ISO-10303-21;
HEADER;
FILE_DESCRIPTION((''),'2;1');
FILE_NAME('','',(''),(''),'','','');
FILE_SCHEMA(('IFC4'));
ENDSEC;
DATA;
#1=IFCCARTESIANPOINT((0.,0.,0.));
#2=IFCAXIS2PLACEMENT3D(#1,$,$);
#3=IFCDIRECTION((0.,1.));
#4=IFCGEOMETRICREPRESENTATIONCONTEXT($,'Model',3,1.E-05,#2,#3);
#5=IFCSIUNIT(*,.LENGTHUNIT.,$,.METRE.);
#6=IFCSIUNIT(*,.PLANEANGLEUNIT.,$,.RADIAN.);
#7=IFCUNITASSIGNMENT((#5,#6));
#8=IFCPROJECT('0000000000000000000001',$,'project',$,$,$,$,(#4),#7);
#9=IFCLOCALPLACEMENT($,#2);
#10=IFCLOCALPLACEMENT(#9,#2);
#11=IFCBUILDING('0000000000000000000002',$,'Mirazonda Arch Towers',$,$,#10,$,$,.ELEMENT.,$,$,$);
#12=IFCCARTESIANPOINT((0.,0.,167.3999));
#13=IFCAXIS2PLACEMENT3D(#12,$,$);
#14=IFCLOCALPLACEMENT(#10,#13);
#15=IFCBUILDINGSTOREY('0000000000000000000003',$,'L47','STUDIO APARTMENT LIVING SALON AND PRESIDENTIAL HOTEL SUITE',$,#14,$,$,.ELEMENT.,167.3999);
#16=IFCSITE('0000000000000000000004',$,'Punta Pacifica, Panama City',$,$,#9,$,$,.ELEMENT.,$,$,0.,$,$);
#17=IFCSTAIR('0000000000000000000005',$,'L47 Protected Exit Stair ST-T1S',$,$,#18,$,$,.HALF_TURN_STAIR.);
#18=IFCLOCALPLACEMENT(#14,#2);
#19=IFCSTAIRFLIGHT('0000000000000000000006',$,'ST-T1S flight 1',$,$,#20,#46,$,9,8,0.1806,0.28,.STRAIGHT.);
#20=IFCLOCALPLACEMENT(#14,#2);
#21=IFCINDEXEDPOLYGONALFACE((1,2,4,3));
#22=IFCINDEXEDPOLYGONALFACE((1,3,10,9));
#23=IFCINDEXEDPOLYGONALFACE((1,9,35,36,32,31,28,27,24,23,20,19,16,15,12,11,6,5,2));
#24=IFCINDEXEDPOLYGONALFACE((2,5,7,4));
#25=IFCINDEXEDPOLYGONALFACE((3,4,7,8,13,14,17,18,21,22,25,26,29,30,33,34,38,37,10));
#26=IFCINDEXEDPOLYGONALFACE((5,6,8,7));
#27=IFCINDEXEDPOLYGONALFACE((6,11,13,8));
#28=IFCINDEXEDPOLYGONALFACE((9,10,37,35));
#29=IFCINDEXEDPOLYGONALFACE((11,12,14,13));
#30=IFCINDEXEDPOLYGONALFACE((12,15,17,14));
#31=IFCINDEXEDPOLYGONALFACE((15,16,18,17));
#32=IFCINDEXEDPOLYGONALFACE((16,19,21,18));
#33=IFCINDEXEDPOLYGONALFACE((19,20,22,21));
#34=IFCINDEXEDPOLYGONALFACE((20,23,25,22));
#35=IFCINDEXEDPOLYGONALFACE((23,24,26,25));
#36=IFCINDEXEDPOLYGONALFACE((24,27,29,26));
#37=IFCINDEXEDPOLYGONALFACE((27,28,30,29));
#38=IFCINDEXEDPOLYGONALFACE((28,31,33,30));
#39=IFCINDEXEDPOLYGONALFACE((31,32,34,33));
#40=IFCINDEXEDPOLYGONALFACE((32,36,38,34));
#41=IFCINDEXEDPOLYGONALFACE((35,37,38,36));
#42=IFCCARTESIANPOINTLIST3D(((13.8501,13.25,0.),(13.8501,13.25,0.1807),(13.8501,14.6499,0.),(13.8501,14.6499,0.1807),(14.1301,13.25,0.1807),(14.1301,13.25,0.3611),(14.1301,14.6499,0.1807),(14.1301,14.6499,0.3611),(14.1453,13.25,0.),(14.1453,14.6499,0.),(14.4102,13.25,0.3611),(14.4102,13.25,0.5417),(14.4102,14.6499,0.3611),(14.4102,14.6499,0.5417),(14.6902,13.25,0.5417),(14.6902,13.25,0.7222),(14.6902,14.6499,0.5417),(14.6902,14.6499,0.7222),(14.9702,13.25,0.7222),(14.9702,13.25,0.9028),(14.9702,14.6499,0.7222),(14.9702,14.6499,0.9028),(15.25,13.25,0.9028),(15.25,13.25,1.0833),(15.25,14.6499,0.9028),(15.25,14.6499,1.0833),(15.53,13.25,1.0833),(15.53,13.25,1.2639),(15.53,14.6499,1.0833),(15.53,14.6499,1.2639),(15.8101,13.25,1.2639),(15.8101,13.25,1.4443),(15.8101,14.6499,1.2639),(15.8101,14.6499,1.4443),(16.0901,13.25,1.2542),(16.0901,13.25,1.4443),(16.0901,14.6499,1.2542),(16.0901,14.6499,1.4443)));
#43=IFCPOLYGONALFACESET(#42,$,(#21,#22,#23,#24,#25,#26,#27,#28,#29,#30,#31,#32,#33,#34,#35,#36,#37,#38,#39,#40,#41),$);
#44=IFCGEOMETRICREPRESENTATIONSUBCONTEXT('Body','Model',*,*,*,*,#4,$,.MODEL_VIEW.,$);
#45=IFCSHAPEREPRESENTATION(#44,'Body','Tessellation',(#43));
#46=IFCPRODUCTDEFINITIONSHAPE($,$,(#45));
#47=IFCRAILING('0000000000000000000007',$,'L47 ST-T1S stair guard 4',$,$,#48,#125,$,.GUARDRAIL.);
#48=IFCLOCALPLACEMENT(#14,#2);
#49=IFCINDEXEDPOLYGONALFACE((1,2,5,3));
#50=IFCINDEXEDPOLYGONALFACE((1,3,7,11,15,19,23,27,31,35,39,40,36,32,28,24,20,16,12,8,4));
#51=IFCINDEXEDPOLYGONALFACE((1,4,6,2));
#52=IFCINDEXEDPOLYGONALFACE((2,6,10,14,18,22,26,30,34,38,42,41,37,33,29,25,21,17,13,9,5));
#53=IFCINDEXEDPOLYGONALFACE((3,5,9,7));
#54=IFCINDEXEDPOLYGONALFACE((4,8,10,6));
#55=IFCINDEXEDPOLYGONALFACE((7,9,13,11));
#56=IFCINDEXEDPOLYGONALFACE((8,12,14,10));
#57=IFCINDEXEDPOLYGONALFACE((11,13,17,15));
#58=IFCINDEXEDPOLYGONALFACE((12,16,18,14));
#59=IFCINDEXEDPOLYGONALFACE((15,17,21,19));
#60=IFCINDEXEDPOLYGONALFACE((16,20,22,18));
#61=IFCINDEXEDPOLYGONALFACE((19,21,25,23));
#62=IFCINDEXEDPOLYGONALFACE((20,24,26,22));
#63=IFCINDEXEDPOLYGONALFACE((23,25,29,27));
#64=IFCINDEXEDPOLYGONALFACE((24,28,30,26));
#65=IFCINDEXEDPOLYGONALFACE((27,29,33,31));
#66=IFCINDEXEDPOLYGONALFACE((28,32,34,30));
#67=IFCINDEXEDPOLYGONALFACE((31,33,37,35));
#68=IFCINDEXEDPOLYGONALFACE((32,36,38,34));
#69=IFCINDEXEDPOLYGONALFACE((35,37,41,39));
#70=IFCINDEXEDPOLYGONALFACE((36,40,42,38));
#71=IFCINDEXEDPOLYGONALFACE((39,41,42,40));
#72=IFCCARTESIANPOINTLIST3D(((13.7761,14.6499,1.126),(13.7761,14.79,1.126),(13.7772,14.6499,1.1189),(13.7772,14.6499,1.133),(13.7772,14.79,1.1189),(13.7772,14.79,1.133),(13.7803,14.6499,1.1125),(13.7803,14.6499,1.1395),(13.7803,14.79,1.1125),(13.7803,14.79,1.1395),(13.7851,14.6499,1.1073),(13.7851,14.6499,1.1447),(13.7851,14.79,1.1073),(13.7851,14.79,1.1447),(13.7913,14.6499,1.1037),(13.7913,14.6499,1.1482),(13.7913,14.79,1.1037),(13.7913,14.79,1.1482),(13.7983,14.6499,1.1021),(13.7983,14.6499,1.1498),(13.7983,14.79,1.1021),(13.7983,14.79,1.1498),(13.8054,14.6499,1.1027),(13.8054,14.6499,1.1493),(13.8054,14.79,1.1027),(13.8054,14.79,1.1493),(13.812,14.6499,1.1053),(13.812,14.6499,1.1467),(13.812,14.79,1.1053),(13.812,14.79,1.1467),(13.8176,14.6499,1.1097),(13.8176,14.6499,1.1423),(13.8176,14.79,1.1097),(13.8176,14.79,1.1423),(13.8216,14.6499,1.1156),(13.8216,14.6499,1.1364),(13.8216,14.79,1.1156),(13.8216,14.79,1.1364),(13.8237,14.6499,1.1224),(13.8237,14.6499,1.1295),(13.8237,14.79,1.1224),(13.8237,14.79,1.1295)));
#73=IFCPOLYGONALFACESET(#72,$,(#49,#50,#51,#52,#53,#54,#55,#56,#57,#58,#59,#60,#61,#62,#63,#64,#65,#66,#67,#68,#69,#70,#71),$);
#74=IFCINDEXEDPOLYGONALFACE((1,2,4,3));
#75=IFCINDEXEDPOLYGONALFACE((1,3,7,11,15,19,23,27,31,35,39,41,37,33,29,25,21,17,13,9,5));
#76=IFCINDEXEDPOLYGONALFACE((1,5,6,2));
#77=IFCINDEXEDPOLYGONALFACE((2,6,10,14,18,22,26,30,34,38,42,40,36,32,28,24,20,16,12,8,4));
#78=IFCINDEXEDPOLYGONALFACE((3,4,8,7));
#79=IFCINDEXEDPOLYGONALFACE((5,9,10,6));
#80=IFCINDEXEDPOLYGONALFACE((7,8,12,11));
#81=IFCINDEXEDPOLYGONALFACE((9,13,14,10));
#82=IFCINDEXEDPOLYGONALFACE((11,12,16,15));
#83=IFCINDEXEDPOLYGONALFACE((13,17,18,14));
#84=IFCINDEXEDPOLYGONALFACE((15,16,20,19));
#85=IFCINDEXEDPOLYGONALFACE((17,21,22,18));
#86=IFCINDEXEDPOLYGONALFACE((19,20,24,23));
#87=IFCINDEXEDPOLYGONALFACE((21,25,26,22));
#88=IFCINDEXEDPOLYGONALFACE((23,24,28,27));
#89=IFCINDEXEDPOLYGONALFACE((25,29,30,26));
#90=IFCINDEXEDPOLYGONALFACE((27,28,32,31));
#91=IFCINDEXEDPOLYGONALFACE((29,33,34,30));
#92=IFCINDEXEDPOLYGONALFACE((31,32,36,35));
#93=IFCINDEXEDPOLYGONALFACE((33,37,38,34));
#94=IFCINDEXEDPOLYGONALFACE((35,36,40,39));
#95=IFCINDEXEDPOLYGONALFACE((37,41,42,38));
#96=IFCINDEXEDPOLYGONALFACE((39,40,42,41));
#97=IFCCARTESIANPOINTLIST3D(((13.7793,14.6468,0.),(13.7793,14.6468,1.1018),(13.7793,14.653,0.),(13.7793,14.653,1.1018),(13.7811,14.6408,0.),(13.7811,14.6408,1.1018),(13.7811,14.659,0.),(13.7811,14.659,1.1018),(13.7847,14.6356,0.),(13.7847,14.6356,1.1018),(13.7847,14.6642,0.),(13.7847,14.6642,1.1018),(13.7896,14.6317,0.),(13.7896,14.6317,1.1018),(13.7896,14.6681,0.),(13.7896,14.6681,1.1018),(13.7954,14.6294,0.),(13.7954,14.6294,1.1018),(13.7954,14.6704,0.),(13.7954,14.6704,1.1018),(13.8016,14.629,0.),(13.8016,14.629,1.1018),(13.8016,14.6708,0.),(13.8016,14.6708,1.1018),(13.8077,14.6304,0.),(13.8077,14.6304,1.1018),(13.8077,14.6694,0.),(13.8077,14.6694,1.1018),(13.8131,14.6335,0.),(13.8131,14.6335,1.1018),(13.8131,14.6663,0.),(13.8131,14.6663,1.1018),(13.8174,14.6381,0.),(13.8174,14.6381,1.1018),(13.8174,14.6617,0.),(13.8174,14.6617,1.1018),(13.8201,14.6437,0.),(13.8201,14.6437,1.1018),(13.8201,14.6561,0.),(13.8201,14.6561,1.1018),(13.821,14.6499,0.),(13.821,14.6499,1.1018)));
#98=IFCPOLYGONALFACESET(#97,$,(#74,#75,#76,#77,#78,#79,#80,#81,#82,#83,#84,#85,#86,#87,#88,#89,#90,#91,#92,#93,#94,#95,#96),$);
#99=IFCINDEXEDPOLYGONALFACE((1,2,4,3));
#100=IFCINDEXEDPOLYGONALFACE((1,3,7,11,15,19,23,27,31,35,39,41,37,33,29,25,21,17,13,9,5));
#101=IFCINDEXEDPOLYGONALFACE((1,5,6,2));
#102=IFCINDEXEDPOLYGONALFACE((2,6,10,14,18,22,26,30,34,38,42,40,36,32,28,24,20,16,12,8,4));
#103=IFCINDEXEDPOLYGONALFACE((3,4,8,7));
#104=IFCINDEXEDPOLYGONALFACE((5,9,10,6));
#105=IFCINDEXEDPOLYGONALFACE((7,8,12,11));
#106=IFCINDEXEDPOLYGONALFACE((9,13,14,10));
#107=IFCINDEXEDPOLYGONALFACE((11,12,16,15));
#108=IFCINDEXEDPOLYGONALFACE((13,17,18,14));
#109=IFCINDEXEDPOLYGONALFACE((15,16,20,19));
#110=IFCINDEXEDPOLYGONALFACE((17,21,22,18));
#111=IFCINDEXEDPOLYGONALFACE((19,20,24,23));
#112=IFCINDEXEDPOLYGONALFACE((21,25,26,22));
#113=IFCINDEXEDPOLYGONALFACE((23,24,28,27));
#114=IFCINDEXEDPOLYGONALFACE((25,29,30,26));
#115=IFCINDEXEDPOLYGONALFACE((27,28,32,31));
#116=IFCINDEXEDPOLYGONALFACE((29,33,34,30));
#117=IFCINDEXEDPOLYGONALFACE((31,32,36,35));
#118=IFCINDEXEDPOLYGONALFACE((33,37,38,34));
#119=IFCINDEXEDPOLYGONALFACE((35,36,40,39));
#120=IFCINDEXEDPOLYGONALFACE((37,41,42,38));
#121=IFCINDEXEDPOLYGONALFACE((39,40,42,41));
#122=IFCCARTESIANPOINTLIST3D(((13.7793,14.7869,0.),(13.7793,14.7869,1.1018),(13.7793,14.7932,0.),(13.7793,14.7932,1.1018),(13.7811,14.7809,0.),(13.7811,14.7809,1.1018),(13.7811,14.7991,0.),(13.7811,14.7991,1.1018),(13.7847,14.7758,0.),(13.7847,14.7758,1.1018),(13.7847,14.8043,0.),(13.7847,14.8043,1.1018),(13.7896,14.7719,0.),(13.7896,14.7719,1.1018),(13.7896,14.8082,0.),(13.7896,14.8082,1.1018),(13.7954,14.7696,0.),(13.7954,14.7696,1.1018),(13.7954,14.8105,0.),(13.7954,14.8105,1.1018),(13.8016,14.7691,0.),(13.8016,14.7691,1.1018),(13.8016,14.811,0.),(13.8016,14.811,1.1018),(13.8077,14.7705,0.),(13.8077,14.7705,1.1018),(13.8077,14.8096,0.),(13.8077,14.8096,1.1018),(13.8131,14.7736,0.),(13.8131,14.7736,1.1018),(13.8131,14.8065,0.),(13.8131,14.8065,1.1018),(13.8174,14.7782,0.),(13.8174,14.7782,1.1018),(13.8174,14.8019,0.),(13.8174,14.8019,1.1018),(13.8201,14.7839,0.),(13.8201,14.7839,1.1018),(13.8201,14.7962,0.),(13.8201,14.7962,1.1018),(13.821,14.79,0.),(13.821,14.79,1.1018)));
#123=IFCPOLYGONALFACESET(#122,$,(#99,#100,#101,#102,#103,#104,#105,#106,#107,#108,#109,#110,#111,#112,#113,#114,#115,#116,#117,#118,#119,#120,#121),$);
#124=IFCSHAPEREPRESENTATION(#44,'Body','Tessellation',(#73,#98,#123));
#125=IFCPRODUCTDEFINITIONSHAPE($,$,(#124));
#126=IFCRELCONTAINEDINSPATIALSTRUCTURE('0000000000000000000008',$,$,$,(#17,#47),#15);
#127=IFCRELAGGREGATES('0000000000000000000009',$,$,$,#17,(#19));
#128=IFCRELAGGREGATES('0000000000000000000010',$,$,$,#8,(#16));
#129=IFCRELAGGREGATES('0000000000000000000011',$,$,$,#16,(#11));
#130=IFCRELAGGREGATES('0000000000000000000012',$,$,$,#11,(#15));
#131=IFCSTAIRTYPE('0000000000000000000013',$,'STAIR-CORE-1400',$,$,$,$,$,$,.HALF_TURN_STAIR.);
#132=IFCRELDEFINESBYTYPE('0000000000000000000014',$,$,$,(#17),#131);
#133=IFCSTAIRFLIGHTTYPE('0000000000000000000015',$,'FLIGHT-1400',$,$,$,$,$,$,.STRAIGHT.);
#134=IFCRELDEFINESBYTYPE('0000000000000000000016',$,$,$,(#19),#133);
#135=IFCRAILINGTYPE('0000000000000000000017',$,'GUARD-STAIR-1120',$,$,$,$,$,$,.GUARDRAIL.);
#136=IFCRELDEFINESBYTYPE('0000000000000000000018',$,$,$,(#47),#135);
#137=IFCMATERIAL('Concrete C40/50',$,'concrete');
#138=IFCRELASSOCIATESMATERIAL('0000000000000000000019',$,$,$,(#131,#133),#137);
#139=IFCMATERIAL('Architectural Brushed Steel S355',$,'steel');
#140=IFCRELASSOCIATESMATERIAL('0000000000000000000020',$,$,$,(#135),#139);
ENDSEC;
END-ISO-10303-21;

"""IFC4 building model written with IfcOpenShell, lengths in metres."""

from ifc_helpers import new_model, si_unit, direction, frame, origin, origin_2d, place, context, subcontext, project, spatial, polyline, circle, outline, extrude, material, type_object, element, aggregate, save


model = new_model("IFC4")

# Units and contexts
model_context = context("Model", 3, precision=1e-05, world=origin(), true_north=direction((0.0, 1.0)))
body_context = subcontext(model_context, "Body", "Model", "MODEL_VIEW")
ifc_project = project(units=[si_unit("LENGTHUNIT", "METRE"), si_unit("PLANEANGLEUNIT", "RADIAN")], contexts=[model_context])

# Site, building, storey
site_placement = place(None, origin())
site = spatial("IfcSite", under=ifc_project, at=site_placement, Name="Punta Pacifica, Panama City", CompositionType="ELEMENT", RefElevation=0.0)
building_placement = place(site_placement, origin())
building = spatial("IfcBuilding", under=site, at=building_placement, Name="Mirazonda Arch Towers", CompositionType="ELEMENT")
storey_placement = place(building_placement, frame((0.0, 0.0, 167.3999)))
storey = spatial("IfcBuildingStorey", under=building, at=storey_placement, Name="L47", Description="STUDIO APARTMENT LIVING SALON AND PRESIDENTIAL HOTEL SUITE", CompositionType="ELEMENT", Elevation=167.3999)

# Stair
ifc_material_1 = material(Name="Concrete C40/50", Category="concrete")
stair_type = type_object("IfcStairType", Name="STAIR-CORE-1400", PredefinedType="HALF_TURN_STAIR", material=ifc_material_1)
stair_1_placement = place(storey_placement, origin())
stair_1 = element("IfcStair", 1, at=stair_1_placement, inside=storey, type_object=stair_type, Name="L47 Protected Exit Stair ST-T1S", PredefinedType="HALF_TURN_STAIR")

# Shared definitions
ifc_material_2 = material(Name="Architectural Brushed Steel S355", Category="steel")

# Stair flight
stair_flight_type = type_object("IfcStairFlightType", Name="FLIGHT-1400", PredefinedType="STRAIGHT", material=ifc_material_1)
stair_flight_placement = place(storey_placement, frame((13.8501, 13.95, 0.0), z_axis=(0.0, 0.0, 1.0), x_axis=(1.0, 0.0, 0.0)))
stair_flight = element("IfcStairFlight", 2, at=stair_flight_placement, type_object=stair_flight_type, Name="ST-T1S flight 1", NumberOfRisers=9, NumberOfTreads=8, PredefinedType="STRAIGHT", RiserHeight=0.1806, TreadLength=0.28, context=body_context, shape_type="SweptSolid", body=[
    extrude(outline(polyline([(0.0, 0.0), (0.0, 0.1807), (0.28, 0.1807), (0.28, 0.3611), (0.5601, 0.3611), (0.5601, 0.5417), (0.8401, 0.5417), (0.8401, 0.7222), (1.1201, 0.7222), (1.1201, 0.9028), (1.3999, 0.9028), (1.3999, 1.0833), (1.6799, 1.0833), (1.6799, 1.2639), (1.96, 1.2639), (1.96, 1.4443), (2.24, 1.4443), (2.24, 1.625), (2.24, 1.2542), (0.2952, 0.0), (0.0, 0.0)])), frame((0.0, 0.7, 0.0), z_axis=(0.0, -1.0, 0.0), x_axis=(1.0, 0.0, 0.0)), (0.0, 0.0, 1.0), 1.3999),
])
aggregate(stair_1, [stair_flight])

# Railing
railing_type_1 = type_object("IfcRailingType", Name="GUARD-STAIR-1120", PredefinedType="GUARDRAIL", material=ifc_material_2)
railing_1_placement = place(storey_placement, frame((13.8, 14.6499, 0.0)))
element("IfcRailing", 3, at=railing_1_placement, inside=storey, type_object=railing_type_1, Name="L47 ST-T1S stair guard 4", PredefinedType="GUARDRAIL", context=body_context, shape_type="SweptSolid", body=[
    extrude(circle(Radius=0.0239, at=origin_2d()), frame((0.0, 0.0, 1.126), z_axis=(0.0, 1.0, 0.0), x_axis=(-1.0, 0.0, 0.0)), (0.0, 0.0, 1.0), 0.1401),
    extrude(circle(Radius=0.021, at=origin_2d()), origin(), (0.0, 0.0, 1.0), 1.1018),
    extrude(circle(Radius=0.021, at=origin_2d()), frame((0.0, 0.1401, 0.0)), (0.0, 0.0, 1.0), 1.1018),
])

save(model, "model.ifc")
